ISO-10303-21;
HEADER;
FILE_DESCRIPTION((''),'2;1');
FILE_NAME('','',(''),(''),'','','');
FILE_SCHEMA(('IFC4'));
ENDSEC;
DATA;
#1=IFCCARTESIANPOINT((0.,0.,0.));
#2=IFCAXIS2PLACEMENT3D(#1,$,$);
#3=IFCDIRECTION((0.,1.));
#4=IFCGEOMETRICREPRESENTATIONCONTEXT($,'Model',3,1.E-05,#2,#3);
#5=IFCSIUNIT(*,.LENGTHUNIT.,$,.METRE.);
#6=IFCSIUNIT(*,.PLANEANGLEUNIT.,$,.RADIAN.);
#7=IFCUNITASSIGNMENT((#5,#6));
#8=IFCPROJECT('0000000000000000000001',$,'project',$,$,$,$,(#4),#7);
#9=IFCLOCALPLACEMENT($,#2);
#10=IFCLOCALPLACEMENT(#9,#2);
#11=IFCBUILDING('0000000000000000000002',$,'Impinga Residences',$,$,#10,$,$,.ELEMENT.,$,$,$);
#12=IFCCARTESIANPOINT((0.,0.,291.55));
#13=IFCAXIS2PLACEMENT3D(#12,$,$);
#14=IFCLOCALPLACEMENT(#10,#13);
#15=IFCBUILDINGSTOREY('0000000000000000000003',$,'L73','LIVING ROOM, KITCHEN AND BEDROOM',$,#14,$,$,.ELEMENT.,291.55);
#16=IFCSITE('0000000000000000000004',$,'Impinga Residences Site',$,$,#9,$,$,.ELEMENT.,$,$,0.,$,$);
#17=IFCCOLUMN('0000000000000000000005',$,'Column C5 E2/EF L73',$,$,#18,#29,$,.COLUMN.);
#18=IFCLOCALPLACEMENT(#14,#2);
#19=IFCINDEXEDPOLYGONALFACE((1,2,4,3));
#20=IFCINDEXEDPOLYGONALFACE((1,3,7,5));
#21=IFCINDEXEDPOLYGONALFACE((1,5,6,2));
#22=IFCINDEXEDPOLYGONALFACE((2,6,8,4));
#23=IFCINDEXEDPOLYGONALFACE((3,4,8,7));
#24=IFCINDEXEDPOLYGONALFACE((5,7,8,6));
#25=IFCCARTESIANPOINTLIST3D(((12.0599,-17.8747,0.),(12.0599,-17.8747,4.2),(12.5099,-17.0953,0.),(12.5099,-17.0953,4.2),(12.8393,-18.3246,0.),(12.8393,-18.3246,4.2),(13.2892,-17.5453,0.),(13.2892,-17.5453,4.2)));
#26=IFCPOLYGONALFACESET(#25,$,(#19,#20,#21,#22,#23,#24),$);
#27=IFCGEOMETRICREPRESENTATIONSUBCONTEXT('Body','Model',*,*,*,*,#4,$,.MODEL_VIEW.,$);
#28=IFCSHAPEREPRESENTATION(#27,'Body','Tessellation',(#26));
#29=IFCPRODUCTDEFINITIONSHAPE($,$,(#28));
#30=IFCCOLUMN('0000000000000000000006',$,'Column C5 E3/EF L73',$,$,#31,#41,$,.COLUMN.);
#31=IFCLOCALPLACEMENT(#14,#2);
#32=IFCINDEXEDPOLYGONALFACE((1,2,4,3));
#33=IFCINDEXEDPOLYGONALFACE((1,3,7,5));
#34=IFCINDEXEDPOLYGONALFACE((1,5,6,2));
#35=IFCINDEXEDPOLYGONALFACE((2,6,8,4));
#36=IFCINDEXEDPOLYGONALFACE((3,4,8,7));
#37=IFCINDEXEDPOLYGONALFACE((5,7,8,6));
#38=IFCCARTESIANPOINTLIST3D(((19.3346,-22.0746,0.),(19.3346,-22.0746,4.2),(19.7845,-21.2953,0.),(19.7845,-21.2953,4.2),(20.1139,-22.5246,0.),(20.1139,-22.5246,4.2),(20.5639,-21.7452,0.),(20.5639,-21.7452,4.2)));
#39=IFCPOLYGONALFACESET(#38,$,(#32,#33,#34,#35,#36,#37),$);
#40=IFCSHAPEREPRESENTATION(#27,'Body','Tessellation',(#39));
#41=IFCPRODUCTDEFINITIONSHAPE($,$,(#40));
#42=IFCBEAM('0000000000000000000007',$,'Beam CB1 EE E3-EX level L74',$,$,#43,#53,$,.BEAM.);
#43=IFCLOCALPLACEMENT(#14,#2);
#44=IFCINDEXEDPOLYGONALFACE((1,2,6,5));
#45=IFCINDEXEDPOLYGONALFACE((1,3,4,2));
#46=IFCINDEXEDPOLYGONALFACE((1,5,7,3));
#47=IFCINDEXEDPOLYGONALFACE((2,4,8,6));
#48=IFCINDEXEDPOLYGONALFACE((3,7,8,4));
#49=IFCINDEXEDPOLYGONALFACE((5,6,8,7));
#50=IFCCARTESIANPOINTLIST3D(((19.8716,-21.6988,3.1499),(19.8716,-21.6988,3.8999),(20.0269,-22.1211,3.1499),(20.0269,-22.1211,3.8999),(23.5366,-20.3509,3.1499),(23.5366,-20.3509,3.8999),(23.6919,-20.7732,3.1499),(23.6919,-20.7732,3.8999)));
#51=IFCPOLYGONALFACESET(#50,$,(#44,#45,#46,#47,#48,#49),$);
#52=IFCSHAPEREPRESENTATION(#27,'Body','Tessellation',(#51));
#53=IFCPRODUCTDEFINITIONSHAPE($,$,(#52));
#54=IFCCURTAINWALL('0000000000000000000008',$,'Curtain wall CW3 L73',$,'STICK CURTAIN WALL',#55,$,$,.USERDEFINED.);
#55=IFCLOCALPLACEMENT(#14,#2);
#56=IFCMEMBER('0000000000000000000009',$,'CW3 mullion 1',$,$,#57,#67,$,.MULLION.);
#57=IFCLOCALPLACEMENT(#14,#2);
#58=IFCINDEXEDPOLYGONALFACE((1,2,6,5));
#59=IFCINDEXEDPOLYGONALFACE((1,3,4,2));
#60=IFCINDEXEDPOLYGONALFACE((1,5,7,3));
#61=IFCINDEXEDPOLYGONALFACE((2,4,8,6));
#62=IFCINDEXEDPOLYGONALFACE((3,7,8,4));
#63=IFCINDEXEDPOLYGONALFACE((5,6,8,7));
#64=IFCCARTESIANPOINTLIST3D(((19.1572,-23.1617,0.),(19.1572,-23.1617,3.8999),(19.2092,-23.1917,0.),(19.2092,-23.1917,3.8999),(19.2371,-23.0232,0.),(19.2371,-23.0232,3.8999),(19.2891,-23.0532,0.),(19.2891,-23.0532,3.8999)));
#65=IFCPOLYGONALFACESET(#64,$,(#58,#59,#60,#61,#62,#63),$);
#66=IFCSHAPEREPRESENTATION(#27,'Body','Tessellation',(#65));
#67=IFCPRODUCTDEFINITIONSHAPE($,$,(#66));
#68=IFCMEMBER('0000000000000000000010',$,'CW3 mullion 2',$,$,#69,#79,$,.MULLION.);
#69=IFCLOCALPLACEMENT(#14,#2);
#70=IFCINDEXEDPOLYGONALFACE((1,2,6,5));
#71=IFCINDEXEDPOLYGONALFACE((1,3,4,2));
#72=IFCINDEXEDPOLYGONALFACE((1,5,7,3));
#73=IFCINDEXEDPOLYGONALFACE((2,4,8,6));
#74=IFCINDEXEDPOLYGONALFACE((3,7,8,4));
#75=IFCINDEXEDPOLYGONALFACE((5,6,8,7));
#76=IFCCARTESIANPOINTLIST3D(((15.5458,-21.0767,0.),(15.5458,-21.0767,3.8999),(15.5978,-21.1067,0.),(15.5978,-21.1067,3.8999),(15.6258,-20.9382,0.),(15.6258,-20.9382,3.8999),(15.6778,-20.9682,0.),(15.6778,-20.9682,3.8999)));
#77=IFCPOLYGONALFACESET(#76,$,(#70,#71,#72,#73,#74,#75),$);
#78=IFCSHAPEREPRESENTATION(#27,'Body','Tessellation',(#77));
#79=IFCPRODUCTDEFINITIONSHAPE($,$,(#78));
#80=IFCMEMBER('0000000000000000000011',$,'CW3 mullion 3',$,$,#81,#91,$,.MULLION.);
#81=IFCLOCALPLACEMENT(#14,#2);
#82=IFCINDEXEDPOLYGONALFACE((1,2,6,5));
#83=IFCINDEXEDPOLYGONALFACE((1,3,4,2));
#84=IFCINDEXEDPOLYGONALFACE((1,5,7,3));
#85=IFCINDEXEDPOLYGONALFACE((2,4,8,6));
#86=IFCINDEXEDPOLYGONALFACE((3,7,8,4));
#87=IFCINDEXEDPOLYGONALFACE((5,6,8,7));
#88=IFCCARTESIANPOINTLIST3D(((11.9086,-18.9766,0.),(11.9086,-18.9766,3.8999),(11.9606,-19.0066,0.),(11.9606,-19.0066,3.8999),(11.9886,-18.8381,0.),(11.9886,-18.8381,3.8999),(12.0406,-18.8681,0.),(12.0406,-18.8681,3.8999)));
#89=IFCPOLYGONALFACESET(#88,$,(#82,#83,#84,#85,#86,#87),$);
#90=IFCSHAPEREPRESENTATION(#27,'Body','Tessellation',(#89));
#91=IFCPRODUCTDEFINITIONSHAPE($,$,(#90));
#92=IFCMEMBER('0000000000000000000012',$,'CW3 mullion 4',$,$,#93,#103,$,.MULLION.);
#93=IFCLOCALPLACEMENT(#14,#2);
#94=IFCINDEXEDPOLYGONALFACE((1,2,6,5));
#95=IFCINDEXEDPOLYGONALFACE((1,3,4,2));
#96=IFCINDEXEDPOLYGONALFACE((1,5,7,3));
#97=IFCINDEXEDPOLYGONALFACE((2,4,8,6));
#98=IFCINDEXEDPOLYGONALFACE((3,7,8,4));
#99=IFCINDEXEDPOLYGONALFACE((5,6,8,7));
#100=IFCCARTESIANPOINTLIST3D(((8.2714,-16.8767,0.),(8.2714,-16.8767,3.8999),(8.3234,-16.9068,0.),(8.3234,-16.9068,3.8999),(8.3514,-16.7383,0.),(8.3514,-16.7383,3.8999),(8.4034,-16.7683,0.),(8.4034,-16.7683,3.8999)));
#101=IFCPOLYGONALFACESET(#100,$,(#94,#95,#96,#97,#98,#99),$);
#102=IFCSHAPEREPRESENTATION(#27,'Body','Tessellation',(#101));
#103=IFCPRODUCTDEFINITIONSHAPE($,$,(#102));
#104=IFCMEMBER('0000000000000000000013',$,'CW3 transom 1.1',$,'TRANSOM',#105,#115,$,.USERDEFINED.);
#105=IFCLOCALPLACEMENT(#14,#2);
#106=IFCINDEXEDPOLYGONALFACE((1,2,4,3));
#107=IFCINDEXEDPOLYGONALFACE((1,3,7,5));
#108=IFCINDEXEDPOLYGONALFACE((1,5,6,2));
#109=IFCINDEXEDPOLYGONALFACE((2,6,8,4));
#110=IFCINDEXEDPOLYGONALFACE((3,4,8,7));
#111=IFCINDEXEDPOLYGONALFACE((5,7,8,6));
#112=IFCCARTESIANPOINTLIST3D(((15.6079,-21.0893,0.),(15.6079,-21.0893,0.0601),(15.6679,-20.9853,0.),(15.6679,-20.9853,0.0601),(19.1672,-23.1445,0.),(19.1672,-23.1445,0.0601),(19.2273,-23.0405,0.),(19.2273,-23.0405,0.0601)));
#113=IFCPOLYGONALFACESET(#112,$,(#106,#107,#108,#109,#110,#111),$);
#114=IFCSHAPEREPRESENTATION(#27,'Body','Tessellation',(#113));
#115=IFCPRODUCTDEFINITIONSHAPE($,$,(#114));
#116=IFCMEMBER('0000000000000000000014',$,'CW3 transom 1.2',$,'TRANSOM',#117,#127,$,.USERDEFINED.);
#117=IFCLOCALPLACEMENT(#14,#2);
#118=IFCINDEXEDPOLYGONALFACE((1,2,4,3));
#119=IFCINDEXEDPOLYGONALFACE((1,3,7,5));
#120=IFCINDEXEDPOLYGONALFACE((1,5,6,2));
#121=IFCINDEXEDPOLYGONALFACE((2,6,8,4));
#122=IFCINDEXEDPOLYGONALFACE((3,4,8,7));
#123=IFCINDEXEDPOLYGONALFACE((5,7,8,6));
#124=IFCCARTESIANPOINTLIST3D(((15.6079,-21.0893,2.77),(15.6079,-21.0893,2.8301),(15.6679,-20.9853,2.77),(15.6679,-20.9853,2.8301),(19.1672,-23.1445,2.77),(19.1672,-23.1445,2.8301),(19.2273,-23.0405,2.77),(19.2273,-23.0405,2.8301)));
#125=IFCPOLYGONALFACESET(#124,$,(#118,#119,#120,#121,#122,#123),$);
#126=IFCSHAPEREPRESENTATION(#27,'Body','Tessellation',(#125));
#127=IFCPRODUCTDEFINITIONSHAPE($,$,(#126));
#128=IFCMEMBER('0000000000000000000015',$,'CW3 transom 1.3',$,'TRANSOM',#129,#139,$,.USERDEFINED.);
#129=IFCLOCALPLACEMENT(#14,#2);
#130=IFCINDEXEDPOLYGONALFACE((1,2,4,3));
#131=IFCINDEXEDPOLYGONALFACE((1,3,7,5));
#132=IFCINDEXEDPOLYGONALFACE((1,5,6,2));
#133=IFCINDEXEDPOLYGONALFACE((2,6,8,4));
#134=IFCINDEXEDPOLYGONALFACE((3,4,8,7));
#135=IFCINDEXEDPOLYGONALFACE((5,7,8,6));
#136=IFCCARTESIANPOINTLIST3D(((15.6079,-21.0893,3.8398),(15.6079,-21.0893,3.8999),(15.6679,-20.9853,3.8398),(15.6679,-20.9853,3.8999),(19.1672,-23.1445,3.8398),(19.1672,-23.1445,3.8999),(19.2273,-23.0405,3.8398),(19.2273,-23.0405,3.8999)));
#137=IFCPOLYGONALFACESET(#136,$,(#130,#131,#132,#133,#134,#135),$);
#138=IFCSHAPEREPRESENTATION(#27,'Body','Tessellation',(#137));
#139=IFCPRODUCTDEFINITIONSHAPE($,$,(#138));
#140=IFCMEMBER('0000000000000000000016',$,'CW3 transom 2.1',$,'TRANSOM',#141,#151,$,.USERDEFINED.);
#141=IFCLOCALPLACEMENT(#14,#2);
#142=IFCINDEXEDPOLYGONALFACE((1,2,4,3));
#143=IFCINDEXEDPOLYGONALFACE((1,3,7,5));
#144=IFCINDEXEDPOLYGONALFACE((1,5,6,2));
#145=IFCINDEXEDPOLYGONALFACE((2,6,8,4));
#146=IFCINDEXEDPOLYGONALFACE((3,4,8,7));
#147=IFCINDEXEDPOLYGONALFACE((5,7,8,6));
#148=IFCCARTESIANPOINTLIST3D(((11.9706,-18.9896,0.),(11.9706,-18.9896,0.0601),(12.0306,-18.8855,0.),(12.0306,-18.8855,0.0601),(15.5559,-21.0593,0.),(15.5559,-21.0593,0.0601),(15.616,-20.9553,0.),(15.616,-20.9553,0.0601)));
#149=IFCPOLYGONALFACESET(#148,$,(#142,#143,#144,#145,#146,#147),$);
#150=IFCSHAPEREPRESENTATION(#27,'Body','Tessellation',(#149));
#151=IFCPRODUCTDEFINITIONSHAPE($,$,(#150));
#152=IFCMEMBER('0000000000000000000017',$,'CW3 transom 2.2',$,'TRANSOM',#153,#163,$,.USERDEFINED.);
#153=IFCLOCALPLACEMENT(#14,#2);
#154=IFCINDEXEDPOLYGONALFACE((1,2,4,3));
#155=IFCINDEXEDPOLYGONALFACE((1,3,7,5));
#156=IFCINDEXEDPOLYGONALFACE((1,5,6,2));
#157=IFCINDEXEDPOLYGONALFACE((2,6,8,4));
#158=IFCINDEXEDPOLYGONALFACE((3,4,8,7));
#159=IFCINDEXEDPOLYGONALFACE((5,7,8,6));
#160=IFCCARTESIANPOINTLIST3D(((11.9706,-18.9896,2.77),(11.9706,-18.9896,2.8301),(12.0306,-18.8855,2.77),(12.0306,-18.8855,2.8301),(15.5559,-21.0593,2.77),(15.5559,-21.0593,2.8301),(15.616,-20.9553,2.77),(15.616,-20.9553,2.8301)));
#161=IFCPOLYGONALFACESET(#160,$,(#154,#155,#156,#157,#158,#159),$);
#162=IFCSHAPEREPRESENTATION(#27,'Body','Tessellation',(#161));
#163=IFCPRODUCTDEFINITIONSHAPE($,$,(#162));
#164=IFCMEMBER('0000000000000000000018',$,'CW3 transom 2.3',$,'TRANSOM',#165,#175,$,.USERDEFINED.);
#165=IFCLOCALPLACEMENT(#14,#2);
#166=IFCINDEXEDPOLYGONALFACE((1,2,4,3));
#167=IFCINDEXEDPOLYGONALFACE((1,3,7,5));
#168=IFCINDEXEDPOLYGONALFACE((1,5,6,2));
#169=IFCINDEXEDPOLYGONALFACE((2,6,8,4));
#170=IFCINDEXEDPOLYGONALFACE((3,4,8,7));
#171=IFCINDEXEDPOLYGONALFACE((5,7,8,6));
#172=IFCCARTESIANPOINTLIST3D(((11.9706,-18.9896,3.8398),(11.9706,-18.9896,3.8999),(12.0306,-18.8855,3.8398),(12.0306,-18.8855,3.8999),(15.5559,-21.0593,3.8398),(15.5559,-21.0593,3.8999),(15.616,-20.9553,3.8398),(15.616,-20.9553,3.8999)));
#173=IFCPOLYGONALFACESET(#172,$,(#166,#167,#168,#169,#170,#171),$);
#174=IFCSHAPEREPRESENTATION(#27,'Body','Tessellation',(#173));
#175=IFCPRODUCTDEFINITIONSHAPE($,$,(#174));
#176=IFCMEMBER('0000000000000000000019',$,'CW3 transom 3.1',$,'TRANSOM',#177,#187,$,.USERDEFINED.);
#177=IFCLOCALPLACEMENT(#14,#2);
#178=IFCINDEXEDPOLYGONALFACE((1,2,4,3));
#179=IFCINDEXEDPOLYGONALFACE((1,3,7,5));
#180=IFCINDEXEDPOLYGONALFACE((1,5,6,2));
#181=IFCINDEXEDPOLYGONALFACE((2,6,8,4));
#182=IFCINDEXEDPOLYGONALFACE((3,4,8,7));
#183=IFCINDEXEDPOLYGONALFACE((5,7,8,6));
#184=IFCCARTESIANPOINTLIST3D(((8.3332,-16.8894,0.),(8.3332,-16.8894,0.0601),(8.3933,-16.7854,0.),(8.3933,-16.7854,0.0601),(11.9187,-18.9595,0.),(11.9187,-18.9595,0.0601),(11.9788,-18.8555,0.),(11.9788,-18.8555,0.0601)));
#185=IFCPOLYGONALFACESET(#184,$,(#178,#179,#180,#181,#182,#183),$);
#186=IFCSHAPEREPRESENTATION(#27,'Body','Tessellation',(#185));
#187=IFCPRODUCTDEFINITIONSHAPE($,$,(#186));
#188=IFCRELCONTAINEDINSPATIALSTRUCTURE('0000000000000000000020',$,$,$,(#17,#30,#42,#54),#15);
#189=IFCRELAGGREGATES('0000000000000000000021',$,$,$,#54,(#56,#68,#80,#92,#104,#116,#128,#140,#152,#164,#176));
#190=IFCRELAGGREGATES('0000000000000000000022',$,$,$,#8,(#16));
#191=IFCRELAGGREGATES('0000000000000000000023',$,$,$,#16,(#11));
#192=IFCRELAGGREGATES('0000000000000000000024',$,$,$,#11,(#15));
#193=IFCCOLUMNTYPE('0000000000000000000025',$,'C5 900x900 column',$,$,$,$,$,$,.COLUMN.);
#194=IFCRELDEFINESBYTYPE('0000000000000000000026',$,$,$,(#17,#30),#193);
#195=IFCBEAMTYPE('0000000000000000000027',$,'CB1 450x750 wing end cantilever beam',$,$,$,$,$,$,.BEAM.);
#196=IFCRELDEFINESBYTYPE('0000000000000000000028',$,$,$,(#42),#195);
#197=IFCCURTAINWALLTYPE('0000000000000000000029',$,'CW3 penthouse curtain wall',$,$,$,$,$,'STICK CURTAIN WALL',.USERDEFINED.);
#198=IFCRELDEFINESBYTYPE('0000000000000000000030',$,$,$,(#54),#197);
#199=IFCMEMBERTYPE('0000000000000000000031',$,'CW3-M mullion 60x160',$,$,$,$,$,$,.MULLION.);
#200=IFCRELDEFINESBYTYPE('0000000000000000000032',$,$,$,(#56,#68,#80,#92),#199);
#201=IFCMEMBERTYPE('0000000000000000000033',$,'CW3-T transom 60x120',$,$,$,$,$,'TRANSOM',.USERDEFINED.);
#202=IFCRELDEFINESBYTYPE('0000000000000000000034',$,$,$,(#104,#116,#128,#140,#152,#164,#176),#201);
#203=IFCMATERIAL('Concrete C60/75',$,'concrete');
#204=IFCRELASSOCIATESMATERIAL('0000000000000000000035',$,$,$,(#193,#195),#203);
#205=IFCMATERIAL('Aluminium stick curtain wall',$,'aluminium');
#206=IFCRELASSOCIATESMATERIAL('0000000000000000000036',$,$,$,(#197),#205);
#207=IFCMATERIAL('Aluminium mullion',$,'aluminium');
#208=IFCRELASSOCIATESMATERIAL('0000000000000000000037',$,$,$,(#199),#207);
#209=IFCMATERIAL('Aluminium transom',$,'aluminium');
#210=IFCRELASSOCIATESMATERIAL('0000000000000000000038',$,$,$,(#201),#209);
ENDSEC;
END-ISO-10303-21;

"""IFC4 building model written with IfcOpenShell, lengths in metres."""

from ifc_helpers import new_model, si_unit, direction, frame, origin, origin_2d, place, context, subcontext, project, spatial, rectangle, extrude, material, material_profile, profile_set, type_object, element, aggregate, save


model = new_model("IFC4")

# Units and contexts
model_context = context("Model", 3, precision=1e-05, world=origin(), true_north=direction((0.0, 1.0)))
body_context = subcontext(model_context, "Body", "Model", "MODEL_VIEW")
ifc_project = project(units=[si_unit("LENGTHUNIT", "METRE"), si_unit("PLANEANGLEUNIT", "RADIAN")], contexts=[model_context])

# Site, building, storey
site_placement = place(None, origin())
site = spatial("IfcSite", under=ifc_project, at=site_placement, Name="Impinga Residences Site", CompositionType="ELEMENT", RefElevation=0.0)
building_placement = place(site_placement, origin())
building = spatial("IfcBuilding", under=site, at=building_placement, Name="Impinga Residences", CompositionType="ELEMENT")
storey_placement = place(building_placement, frame((0.0, 0.0, 291.55)))
storey = spatial("IfcBuildingStorey", under=building, at=storey_placement, Name="L73", Description="LIVING ROOM, KITCHEN AND BEDROOM", CompositionType="ELEMENT", Elevation=291.55)

# Columns
ifc_material_1 = material(Name="Concrete C60/75", Category="concrete")
ifc_material_profile_1 = material_profile(ifc_material_1, rectangle(XDim=0.8999, YDim=0.8999, at=origin_2d()), Name="RC 900x900")
ifc_profile_set_1 = profile_set([ifc_material_profile_1], Name="Concrete C60/75")
column_type = type_object("IfcColumnType", Name="C5 900x900 column", PredefinedType="COLUMN", material=ifc_profile_set_1)
for number, where, z_axis, x_axis, name in (
    (1, (12.6746, -17.71, 0.0), (0.0, 0.0, 1.0), (-0.5, -0.866025, 0.0), "Column C5 E2/EF L73"),
    (2, (19.9492, -21.9099, 0.0), (0.0, 0.0, 1.0), (-0.5, -0.866025, 0.0), "Column C5 E3/EF L73"),
):
    element("IfcColumn", number, at=place(storey_placement, frame(where, z_axis=z_axis, x_axis=x_axis)), inside=storey, type_object=column_type, Name=name, PredefinedType="COLUMN", context=body_context, shape_type="SweptSolid", body=[
        extrude(rectangle(XDim=0.8999, YDim=0.8999, at=origin_2d()), origin(), (0.0, 0.0, 1.0), 4.2),
    ])

# Beam
ifc_material_profile_2 = material_profile(ifc_material_1, rectangle(XDim=0.45, YDim=0.75, at=origin_2d()), Name="RC 450x750")
ifc_profile_set_2 = profile_set([ifc_material_profile_2], Name="Concrete C60/75")
beam_type_1 = type_object("IfcBeamType", Name="CB1 450x750 wing end cantilever beam", PredefinedType="BEAM", material=ifc_profile_set_2)
beam_1_placement = place(storey_placement, frame((19.9492, -21.9099, 3.5249), z_axis=(0.93854, 0.345169, 0.0), x_axis=(-0.345169, 0.93854, 0.0)))
element("IfcBeam", 3, at=beam_1_placement, inside=storey, type_object=beam_type_1, Name="Beam CB1 EE E3-EX level L74", PredefinedType="BEAM", context=body_context, shape_type="SweptSolid", body=[
    extrude(rectangle(XDim=0.45, YDim=0.75, at=origin_2d()), origin(), (0.0, 0.0, 1.0), 3.905),
])

# Curtain wall, members
ifc_material_2 = material(Name="Aluminium stick curtain wall", Category="aluminium")
curtain_wall_type = type_object("IfcCurtainWallType", Name="CW3 penthouse curtain wall", ElementType="STICK CURTAIN WALL", PredefinedType="USERDEFINED", material=ifc_material_2)
curtain_wall_placement = place(storey_placement, origin())
curtain_wall = element("IfcCurtainWall", 4, at=curtain_wall_placement, inside=storey, type_object=curtain_wall_type, Name="Curtain wall CW3 L73", ObjectType="STICK CURTAIN WALL", PredefinedType="USERDEFINED")
ifc_material_3 = material(Name="Aluminium mullion", Category="aluminium")
ifc_material_profile_3 = material_profile(ifc_material_3, rectangle(XDim=0.0601, YDim=0.1599, at=origin_2d()), Name="60x160 mullion")
ifc_profile_set_3 = profile_set([ifc_material_profile_3], Name="Aluminium mullion")
member_type_1 = type_object("IfcMemberType", Name="CW3-M mullion 60x160", PredefinedType="MULLION", material=ifc_profile_set_3)
member_1_placement = place(storey_placement, frame((19.2231, -23.1074, 0.0), z_axis=(0.0, 0.0, 1.0), x_axis=(-0.866025, 0.5, 0.0)))
member_1 = element("IfcMember", 5, at=member_1_placement, type_object=member_type_1, Name="CW3 mullion 1", PredefinedType="MULLION", context=body_context, shape_type="SweptSolid", body=[
    extrude(rectangle(XDim=0.0601, YDim=0.1599, at=origin_2d()), origin(), (0.0, 0.0, 1.0), 3.8999),
])
member_2_placement = place(storey_placement, frame((15.6118, -21.0225, 0.0), z_axis=(0.0, 0.0, 1.0), x_axis=(-0.866025, 0.5, 0.0)))
member_2 = element("IfcMember", 6, at=member_2_placement, type_object=member_type_1, Name="CW3 mullion 2", PredefinedType="MULLION", context=body_context, shape_type="SweptSolid", body=[
    extrude(rectangle(XDim=0.0601, YDim=0.1599, at=origin_2d()), origin(), (0.0, 0.0, 1.0), 3.8999),
])
member_3_placement = place(storey_placement, frame((11.9746, -18.9224, 0.0), z_axis=(0.0, 0.0, 1.0), x_axis=(-0.866025, 0.5, 0.0)))
member_3 = element("IfcMember", 7, at=member_3_placement, type_object=member_type_1, Name="CW3 mullion 3", PredefinedType="MULLION", context=body_context, shape_type="SweptSolid", body=[
    extrude(rectangle(XDim=0.0601, YDim=0.1599, at=origin_2d()), origin(), (0.0, 0.0, 1.0), 3.8999),
])
member_4_placement = place(storey_placement, frame((8.3374, -16.8225, 0.0), z_axis=(0.0, 0.0, 1.0), x_axis=(-0.866025, 0.5, 0.0)))
member_4 = element("IfcMember", 8, at=member_4_placement, type_object=member_type_1, Name="CW3 mullion 4", PredefinedType="MULLION", context=body_context, shape_type="SweptSolid", body=[
    extrude(rectangle(XDim=0.0601, YDim=0.1599, at=origin_2d()), origin(), (0.0, 0.0, 1.0), 3.8999),
])
ifc_material_4 = material(Name="Aluminium transom", Category="aluminium")
ifc_material_profile_4 = material_profile(ifc_material_4, rectangle(XDim=0.0601, YDim=0.1201, at=origin_2d()), Name="60x120 transom")
ifc_profile_set_4 = profile_set([ifc_material_profile_4], Name="Aluminium transom")
member_type_2 = type_object("IfcMemberType", Name="CW3-T transom 60x120", ElementType="TRANSOM", PredefinedType="USERDEFINED", material=ifc_profile_set_4)
member_5_placement = place(storey_placement, frame((19.1973, -23.0925, 0.03), z_axis=(-0.866005, 0.500036, 0.0), x_axis=(0.0, 0.0, 1.0)))
member_5 = element("IfcMember", 9, at=member_5_placement, type_object=member_type_2, Name="CW3 transom 1.1", ObjectType="TRANSOM", PredefinedType="USERDEFINED", context=body_context, shape_type="SweptSolid", body=[
    extrude(rectangle(XDim=0.0601, YDim=0.1201, at=origin_2d()), origin(), (0.0, 0.0, 1.0), 4.1101),
])
member_6_placement = place(storey_placement, frame((19.1973, -23.0925, 2.8), z_axis=(-0.866005, 0.500036, 0.0), x_axis=(0.0, 0.0, 1.0)))
member_6 = element("IfcMember", 10, at=member_6_placement, type_object=member_type_2, Name="CW3 transom 1.2", ObjectType="TRANSOM", PredefinedType="USERDEFINED", context=body_context, shape_type="SweptSolid", body=[
    extrude(rectangle(XDim=0.0601, YDim=0.1201, at=origin_2d()), origin(), (0.0, 0.0, 1.0), 4.1101),
])
member_7_placement = place(storey_placement, frame((19.1973, -23.0925, 3.8699), z_axis=(-0.866005, 0.500036, 0.0), x_axis=(0.0, 0.0, 1.0)))
member_7 = element("IfcMember", 11, at=member_7_placement, type_object=member_type_2, Name="CW3 transom 1.3", ObjectType="TRANSOM", PredefinedType="USERDEFINED", context=body_context, shape_type="SweptSolid", body=[
    extrude(rectangle(XDim=0.0601, YDim=0.1201, at=origin_2d()), origin(), (0.0, 0.0, 1.0), 4.1101),
])
member_8_placement = place(storey_placement, frame((15.5859, -21.0073, 0.03), z_axis=(-0.86605, 0.499957, 0.0), x_axis=(0.0, 0.0, 1.0)))
member_8 = element("IfcMember", 12, at=member_8_placement, type_object=member_type_2, Name="CW3 transom 2.1", ObjectType="TRANSOM", PredefinedType="USERDEFINED", context=body_context, shape_type="SweptSolid", body=[
    extrude(rectangle(XDim=0.0601, YDim=0.1201, at=origin_2d()), origin(), (0.0, 0.0, 1.0), 4.1399),
])
member_9_placement = place(storey_placement, frame((15.5859, -21.0073, 2.8), z_axis=(-0.86605, 0.499957, 0.0), x_axis=(0.0, 0.0, 1.0)))
member_9 = element("IfcMember", 13, at=member_9_placement, type_object=member_type_2, Name="CW3 transom 2.2", ObjectType="TRANSOM", PredefinedType="USERDEFINED", context=body_context, shape_type="SweptSolid", body=[
    extrude(rectangle(XDim=0.0601, YDim=0.1201, at=origin_2d()), origin(), (0.0, 0.0, 1.0), 4.1399),
])
member_10_placement = place(storey_placement, frame((15.5859, -21.0073, 3.8699), z_axis=(-0.86605, 0.499957, 0.0), x_axis=(0.0, 0.0, 1.0)))
member_10 = element("IfcMember", 14, at=member_10_placement, type_object=member_type_2, Name="CW3 transom 2.3", ObjectType="TRANSOM", PredefinedType="USERDEFINED", context=body_context, shape_type="SweptSolid", body=[
    extrude(rectangle(XDim=0.0601, YDim=0.1201, at=origin_2d()), origin(), (0.0, 0.0, 1.0), 4.1399),
])
member_11_placement = place(storey_placement, frame((11.9487, -18.9075, 0.03), z_axis=(-0.866025, 0.500002, 0.0), x_axis=(0.0, 0.0, 1.0)))
member_11 = element("IfcMember", 15, at=member_11_placement, type_object=member_type_2, Name="CW3 transom 3.1", ObjectType="TRANSOM", PredefinedType="USERDEFINED", context=body_context, shape_type="SweptSolid", body=[
    extrude(rectangle(XDim=0.0601, YDim=0.1201, at=origin_2d()), origin(), (0.0, 0.0, 1.0), 4.1401),
])

aggregate(curtain_wall, [member_1, member_2, member_3, member_4, member_5, member_6, member_7, member_8, member_9, member_10, member_11])

save(model, "model.ifc")
